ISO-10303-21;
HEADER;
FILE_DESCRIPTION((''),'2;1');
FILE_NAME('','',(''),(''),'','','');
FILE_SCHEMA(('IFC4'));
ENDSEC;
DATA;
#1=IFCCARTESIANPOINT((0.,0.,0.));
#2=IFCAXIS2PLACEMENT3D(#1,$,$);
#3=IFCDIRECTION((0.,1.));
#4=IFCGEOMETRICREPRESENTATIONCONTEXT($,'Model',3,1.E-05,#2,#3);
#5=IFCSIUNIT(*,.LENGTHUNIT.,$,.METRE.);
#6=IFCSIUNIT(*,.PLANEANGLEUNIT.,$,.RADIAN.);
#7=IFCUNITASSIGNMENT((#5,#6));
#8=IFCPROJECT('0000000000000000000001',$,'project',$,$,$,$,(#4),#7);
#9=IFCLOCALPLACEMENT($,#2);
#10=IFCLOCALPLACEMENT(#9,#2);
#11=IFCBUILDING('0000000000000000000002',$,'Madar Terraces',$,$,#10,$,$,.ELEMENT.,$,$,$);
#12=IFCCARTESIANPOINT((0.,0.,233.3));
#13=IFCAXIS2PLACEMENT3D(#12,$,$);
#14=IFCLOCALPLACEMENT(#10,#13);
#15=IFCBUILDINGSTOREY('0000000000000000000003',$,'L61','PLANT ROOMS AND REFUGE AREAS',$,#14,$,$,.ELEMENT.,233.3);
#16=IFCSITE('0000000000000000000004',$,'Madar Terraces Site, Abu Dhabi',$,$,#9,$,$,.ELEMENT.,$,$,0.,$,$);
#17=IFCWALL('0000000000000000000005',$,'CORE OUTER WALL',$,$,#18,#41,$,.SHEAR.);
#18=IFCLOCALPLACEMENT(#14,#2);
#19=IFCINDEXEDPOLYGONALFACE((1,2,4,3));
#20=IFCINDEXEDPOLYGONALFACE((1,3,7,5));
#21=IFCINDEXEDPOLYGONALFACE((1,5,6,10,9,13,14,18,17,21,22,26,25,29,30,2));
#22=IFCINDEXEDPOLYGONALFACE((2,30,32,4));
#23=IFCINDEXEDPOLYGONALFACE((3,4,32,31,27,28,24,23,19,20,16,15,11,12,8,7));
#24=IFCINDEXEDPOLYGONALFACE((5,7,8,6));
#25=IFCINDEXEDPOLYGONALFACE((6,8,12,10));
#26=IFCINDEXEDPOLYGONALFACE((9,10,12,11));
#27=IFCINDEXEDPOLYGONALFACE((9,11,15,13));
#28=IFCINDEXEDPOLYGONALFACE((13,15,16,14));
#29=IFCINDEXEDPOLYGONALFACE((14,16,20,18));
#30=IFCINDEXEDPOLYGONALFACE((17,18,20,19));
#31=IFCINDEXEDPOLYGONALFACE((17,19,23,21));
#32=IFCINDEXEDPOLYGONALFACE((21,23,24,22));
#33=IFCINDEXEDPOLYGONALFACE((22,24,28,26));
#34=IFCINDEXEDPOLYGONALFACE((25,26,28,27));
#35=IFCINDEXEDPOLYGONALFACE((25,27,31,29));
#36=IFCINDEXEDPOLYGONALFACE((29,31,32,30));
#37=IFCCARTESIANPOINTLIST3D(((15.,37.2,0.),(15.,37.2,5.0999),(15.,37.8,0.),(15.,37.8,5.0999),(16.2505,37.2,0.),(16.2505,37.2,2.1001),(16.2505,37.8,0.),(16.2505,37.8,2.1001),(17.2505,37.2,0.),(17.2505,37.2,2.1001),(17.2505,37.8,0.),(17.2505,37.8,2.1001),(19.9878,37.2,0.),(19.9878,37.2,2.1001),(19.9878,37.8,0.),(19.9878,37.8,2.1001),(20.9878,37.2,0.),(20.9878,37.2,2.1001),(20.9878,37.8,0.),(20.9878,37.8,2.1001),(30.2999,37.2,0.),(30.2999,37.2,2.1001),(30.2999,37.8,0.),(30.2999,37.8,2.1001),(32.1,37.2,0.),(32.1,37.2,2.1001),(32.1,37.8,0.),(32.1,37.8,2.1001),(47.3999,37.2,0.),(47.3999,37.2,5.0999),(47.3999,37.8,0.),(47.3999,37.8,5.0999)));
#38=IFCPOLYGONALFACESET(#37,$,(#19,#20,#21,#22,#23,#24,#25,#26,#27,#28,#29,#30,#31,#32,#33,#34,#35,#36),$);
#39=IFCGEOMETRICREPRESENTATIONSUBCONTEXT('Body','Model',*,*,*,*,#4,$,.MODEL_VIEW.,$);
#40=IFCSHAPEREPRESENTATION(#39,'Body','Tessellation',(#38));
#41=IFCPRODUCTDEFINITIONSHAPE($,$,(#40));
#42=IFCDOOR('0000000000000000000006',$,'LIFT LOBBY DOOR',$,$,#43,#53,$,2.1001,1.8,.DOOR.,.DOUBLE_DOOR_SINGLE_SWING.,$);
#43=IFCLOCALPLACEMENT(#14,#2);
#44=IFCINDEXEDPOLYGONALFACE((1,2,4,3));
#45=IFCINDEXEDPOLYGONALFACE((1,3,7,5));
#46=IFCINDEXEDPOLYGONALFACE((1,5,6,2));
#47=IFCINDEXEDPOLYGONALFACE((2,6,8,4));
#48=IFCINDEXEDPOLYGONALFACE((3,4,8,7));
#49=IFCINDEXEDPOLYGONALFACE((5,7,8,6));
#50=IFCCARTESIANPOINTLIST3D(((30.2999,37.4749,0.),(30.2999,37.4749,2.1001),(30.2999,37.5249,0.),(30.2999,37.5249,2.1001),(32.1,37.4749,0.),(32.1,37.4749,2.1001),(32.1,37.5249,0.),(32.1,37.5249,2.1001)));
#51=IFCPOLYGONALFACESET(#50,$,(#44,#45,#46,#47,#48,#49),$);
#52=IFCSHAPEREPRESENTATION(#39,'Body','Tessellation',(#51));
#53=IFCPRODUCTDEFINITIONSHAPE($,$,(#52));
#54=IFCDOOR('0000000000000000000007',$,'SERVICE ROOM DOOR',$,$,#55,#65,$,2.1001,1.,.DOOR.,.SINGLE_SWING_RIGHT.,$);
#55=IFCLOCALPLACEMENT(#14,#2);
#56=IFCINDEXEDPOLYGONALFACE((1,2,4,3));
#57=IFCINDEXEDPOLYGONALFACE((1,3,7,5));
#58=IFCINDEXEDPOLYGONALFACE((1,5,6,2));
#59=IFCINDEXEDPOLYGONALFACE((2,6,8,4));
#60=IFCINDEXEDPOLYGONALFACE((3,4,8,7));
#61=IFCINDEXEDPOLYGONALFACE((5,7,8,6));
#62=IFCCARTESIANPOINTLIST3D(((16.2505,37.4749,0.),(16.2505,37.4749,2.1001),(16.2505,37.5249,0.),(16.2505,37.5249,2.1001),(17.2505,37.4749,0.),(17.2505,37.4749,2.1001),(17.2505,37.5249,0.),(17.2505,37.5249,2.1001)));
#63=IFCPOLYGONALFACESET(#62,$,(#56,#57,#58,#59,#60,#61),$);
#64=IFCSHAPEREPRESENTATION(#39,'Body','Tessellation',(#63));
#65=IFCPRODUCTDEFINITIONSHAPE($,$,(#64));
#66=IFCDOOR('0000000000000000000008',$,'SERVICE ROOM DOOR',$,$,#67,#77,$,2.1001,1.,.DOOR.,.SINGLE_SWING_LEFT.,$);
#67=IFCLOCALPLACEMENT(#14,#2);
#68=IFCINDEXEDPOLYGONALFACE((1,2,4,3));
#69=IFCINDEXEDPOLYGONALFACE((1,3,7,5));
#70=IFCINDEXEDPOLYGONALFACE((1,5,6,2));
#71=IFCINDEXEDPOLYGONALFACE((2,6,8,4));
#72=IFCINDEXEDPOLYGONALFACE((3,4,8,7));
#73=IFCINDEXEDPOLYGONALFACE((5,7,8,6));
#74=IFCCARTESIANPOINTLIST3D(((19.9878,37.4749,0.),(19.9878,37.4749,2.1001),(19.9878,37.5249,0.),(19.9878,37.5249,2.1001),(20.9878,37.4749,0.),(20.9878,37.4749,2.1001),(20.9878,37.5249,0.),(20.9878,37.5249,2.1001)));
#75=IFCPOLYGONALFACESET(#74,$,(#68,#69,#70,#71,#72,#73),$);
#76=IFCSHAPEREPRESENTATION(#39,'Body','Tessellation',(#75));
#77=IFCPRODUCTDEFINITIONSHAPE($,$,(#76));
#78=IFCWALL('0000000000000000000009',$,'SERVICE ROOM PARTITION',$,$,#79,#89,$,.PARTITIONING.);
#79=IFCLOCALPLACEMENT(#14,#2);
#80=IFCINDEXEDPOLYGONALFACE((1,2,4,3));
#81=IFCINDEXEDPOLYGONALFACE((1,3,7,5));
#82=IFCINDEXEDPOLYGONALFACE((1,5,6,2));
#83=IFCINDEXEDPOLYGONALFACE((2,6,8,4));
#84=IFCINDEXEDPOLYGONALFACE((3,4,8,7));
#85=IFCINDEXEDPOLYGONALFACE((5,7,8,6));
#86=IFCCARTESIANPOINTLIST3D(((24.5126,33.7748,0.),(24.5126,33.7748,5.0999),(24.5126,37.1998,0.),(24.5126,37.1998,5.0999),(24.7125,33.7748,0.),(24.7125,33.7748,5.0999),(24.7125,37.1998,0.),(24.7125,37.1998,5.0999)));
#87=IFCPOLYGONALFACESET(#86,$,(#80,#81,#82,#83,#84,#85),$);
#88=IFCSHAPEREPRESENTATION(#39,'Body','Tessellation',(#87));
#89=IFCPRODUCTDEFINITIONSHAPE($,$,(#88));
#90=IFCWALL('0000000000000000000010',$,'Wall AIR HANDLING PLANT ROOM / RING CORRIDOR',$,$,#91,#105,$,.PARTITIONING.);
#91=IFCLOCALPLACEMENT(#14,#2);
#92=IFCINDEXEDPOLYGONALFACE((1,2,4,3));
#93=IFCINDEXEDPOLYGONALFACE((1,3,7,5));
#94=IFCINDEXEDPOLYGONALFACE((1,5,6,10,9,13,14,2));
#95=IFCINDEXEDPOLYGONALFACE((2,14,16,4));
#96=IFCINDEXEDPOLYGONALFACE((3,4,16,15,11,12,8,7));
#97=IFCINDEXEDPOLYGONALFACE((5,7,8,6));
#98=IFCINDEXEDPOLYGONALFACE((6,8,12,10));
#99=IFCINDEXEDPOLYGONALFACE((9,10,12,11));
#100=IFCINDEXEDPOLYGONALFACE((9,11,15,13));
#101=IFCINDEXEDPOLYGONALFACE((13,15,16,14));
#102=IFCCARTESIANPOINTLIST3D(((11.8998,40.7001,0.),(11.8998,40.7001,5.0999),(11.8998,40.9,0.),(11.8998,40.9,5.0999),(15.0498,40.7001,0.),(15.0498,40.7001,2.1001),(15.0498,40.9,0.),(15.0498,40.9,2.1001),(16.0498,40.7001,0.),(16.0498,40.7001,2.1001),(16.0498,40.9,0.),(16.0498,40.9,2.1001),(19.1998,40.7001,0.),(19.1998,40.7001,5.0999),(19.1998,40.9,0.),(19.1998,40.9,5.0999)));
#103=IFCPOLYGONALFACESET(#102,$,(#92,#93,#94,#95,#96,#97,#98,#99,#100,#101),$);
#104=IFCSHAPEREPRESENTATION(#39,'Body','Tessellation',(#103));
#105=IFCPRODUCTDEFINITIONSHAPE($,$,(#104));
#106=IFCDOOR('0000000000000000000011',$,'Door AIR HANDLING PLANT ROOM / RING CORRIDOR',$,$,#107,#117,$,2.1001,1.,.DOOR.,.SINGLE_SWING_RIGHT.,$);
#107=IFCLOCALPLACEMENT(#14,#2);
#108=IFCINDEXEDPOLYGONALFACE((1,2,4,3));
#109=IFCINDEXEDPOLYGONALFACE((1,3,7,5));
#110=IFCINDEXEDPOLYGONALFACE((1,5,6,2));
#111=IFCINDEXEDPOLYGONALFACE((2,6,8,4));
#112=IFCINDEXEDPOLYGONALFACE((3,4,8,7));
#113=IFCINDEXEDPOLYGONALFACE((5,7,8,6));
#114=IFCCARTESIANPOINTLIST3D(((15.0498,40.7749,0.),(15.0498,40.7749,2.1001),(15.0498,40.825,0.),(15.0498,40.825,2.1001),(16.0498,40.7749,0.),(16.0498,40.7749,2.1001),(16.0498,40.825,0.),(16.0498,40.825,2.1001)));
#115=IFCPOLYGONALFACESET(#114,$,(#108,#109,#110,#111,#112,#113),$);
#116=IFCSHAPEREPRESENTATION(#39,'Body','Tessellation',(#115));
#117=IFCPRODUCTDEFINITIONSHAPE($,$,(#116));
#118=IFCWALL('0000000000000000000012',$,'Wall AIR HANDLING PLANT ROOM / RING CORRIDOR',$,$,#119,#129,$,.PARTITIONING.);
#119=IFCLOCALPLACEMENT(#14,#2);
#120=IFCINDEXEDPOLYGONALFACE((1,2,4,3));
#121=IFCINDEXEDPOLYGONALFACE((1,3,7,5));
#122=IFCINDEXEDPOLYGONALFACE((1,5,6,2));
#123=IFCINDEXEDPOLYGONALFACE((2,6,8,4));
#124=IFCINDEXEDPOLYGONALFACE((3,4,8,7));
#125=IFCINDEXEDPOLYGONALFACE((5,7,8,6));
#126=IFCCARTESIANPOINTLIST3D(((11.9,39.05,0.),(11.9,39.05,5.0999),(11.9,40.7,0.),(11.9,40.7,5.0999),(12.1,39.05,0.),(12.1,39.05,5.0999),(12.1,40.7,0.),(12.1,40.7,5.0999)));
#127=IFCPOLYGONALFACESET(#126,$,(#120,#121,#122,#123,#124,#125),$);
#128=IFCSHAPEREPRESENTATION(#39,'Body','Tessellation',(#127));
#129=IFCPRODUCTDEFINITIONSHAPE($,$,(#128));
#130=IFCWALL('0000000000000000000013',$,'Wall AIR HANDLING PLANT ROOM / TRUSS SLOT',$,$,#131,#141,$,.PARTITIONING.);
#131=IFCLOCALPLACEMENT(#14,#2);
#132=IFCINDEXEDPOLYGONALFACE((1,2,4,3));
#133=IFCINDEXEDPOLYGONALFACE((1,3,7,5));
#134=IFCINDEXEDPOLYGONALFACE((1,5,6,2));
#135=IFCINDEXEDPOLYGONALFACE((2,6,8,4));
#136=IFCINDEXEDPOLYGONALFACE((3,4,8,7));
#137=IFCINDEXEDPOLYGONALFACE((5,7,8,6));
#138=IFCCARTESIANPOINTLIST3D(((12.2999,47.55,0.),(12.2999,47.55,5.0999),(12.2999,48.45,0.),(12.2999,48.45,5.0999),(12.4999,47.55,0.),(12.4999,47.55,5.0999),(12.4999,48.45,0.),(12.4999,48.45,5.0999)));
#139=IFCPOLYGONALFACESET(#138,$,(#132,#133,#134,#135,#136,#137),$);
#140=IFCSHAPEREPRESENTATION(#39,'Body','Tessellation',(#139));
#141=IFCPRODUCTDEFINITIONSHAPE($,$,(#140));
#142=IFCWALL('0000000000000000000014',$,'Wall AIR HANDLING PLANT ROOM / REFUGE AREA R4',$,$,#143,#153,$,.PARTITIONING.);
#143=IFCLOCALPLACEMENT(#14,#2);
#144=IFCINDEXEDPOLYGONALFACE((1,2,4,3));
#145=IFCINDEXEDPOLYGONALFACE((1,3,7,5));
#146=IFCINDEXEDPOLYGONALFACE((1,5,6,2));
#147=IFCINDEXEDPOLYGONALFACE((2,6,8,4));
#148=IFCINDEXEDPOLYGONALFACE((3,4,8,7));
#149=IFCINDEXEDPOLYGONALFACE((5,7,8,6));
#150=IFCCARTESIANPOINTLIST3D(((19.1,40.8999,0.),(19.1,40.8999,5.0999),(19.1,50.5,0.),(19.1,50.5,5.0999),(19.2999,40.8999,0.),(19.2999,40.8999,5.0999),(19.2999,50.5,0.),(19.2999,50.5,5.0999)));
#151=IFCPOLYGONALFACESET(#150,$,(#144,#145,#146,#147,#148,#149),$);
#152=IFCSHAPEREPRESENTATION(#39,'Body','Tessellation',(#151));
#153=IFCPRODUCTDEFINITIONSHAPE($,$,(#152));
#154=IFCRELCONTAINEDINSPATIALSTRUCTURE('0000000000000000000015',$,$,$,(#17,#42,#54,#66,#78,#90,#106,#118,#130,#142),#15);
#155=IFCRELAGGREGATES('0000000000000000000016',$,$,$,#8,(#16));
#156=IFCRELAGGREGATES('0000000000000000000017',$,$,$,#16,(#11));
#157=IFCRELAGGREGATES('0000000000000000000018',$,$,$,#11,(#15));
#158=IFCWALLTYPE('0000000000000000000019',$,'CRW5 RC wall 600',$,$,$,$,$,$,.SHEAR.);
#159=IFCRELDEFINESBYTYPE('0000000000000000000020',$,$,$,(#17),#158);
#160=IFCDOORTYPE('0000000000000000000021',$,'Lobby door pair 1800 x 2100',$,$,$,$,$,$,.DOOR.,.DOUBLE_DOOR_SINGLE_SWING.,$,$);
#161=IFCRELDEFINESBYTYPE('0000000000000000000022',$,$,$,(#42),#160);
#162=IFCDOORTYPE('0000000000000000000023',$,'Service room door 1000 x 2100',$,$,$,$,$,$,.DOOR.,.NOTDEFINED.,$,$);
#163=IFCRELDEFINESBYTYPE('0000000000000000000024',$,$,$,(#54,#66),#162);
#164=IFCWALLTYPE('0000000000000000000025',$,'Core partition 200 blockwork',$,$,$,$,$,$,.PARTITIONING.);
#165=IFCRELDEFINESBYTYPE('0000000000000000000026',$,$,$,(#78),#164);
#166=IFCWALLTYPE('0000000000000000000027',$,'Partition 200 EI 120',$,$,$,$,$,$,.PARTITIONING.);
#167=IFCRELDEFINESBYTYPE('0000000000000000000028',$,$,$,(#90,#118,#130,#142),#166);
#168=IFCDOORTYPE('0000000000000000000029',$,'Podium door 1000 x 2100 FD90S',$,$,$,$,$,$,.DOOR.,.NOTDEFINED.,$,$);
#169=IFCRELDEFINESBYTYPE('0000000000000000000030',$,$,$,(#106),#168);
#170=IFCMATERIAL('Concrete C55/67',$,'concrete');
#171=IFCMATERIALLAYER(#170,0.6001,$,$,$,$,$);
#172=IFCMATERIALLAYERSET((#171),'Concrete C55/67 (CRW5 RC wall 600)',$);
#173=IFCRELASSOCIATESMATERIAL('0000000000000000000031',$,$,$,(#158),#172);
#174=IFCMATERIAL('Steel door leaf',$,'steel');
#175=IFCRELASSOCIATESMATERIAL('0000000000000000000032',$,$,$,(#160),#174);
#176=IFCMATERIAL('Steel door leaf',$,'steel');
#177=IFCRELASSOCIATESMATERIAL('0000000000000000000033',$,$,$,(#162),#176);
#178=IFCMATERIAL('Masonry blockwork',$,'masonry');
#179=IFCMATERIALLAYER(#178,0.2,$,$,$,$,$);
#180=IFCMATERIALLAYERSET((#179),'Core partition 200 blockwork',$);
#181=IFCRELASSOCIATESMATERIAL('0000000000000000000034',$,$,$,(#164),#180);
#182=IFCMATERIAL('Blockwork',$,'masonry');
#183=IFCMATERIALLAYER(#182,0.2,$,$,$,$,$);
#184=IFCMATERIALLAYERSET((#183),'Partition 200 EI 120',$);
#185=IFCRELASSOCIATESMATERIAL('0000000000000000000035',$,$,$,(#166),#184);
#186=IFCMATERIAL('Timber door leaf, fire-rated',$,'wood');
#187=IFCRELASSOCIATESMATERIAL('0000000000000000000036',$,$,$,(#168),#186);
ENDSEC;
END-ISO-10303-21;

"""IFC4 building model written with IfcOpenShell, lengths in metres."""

from ifc_helpers import new_model, si_unit, direction, frame, frame_2d, origin, place, context, subcontext, project, spatial, rectangle, extrude, material, layer, layer_set, type_object, element, fill, save


model = new_model("IFC4")

# Units and contexts
model_context = context("Model", 3, precision=1e-05, world=origin(), true_north=direction((0.0, 1.0)))
body_context = subcontext(model_context, "Body", "Model", "MODEL_VIEW")
ifc_project = project(units=[si_unit("LENGTHUNIT", "METRE"), si_unit("PLANEANGLEUNIT", "RADIAN")], contexts=[model_context])

# Site, building, storey
site_placement = place(None, origin())
site = spatial("IfcSite", under=ifc_project, at=site_placement, Name="Madar Terraces Site, Abu Dhabi", CompositionType="ELEMENT", RefElevation=0.0)
building_placement = place(site_placement, origin())
building = spatial("IfcBuilding", under=site, at=building_placement, Name="Madar Terraces", CompositionType="ELEMENT")
storey_placement = place(building_placement, frame((0.0, 0.0, 233.3)))
storey = spatial("IfcBuildingStorey", under=building, at=storey_placement, Name="L61", Description="PLANT ROOMS AND REFUGE AREAS", CompositionType="ELEMENT", Elevation=233.3)

# Wall, openings, doors
ifc_material_1 = material(Name="Concrete C55/67", Category="concrete")
ifc_layer_1 = layer(ifc_material_1, 0.6001)
ifc_layer_set_1 = layer_set([ifc_layer_1], Name="Concrete C55/67 (CRW5 RC wall 600)")
wall_type_1 = type_object("IfcWallType", Name="CRW5 RC wall 600", PredefinedType="SHEAR", material=ifc_layer_set_1)
wall_1_placement = place(storey_placement, frame((15.0, 37.5, 0.0), z_axis=(0.0, 0.0, 1.0), x_axis=(1.0, 0.0, 0.0)))
wall_1 = element("IfcWall", 1, at=wall_1_placement, inside=storey, type_object=wall_type_1, Name="CORE OUTER WALL", PredefinedType="SHEAR", context=body_context, shape_type="SweptSolid", body=[
    extrude(rectangle(XDim=32.3999, YDim=0.6001, at=frame_2d((16.2, 0.0))), origin(), (0.0, 0.0, 1.0), 5.0999),
])
opening_1_placement = place(wall_1_placement, frame((15.3, 0.0, 0.0)))
opening_1 = element("IfcOpeningElement", 2, at=opening_1_placement, cuts=wall_1, PredefinedType="OPENING", context=body_context, shape_type="SweptSolid", body=[
    extrude(rectangle(XDim=1.8, YDim=2.1001, at=frame_2d((0.8999, 1.05))), frame((0.0, 0.3101, 0.0), z_axis=(0.0, -1.0, 0.0), x_axis=(1.0, 0.0, 0.0)), (0.0, 0.0, 1.0), 0.6201),
])
opening_2_placement = place(wall_1_placement, frame((1.2505, 0.0, 0.0)))
opening_2 = element("IfcOpeningElement", 3, at=opening_2_placement, cuts=wall_1, PredefinedType="OPENING", context=body_context, shape_type="SweptSolid", body=[
    extrude(rectangle(XDim=1.0, YDim=2.1001, at=frame_2d((0.5, 1.05))), frame((0.0, 0.3101, 0.0), z_axis=(0.0, -1.0, 0.0), x_axis=(1.0, 0.0, 0.0)), (0.0, 0.0, 1.0), 0.6201),
])
opening_3_placement = place(wall_1_placement, frame((4.9878, 0.0, 0.0)))
opening_3 = element("IfcOpeningElement", 4, at=opening_3_placement, cuts=wall_1, PredefinedType="OPENING", context=body_context, shape_type="SweptSolid", body=[
    extrude(rectangle(XDim=1.0, YDim=2.1001, at=frame_2d((0.5, 1.05))), frame((0.0, 0.3101, 0.0), z_axis=(0.0, -1.0, 0.0), x_axis=(1.0, 0.0, 0.0)), (0.0, 0.0, 1.0), 0.6201),
])
ifc_material_2 = material(Name="Steel door leaf", Category="steel")
door_type_1 = type_object("IfcDoorType", Name="Lobby door pair 1800 x 2100", OperationType="DOUBLE_DOOR_SINGLE_SWING", PredefinedType="DOOR", material=ifc_material_2)
door_1_placement = place(opening_1_placement, origin())
door_1 = element("IfcDoor", 5, at=door_1_placement, inside=storey, type_object=door_type_1, Name="LIFT LOBBY DOOR", OperationType="DOUBLE_DOOR_SINGLE_SWING", OverallHeight=2.1001, OverallWidth=1.8, PredefinedType="DOOR", context=body_context, shape_type="SweptSolid", body=[
    extrude(rectangle(XDim=1.8, YDim=2.1001, at=frame_2d((0.8999, 1.05))), frame((0.0, 0.0249, 0.0), z_axis=(0.0, -1.0, 0.0), x_axis=(1.0, 0.0, 0.0)), (0.0, 0.0, 1.0), 0.05),
])
fill(opening_1, door_1)
ifc_material_3 = material(Name="Steel door leaf", Category="steel")
door_type_2 = type_object("IfcDoorType", Name="Service room door 1000 x 2100", OperationType="NOTDEFINED", PredefinedType="DOOR", material=ifc_material_3)
door_2_placement = place(opening_2_placement, origin())
door_2 = element("IfcDoor", 6, at=door_2_placement, inside=storey, type_object=door_type_2, Name="SERVICE ROOM DOOR", OperationType="SINGLE_SWING_RIGHT", OverallHeight=2.1001, OverallWidth=1.0, PredefinedType="DOOR", context=body_context, shape_type="SweptSolid", body=[
    extrude(rectangle(XDim=1.0, YDim=2.1001, at=frame_2d((0.5, 1.05))), frame((0.0, 0.0249, 0.0), z_axis=(0.0, -1.0, 0.0), x_axis=(1.0, 0.0, 0.0)), (0.0, 0.0, 1.0), 0.05),
])
fill(opening_2, door_2)
door_3_placement = place(opening_3_placement, origin())
door_3 = element("IfcDoor", 7, at=door_3_placement, inside=storey, type_object=door_type_2, Name="SERVICE ROOM DOOR", OperationType="SINGLE_SWING_LEFT", OverallHeight=2.1001, OverallWidth=1.0, PredefinedType="DOOR", context=body_context, shape_type="SweptSolid", body=[
    extrude(rectangle(XDim=1.0, YDim=2.1001, at=frame_2d((0.5, 1.05))), frame((0.0, 0.0249, 0.0), z_axis=(0.0, -1.0, 0.0), x_axis=(1.0, 0.0, 0.0)), (0.0, 0.0, 1.0), 0.05),
])
fill(opening_3, door_3)

# Wall
ifc_material_4 = material(Name="Masonry blockwork", Category="masonry")
ifc_layer_2 = layer(ifc_material_4, 0.2)
ifc_layer_set_2 = layer_set([ifc_layer_2], Name="Core partition 200 blockwork")
wall_type_2 = type_object("IfcWallType", Name="Core partition 200 blockwork", PredefinedType="PARTITIONING", material=ifc_layer_set_2)
wall_2_placement = place(storey_placement, frame((24.6125, 33.7749, 0.0), z_axis=(0.0, 0.0, 1.0), x_axis=(0.0, 1.0, 0.0)))
element("IfcWall", 8, at=wall_2_placement, inside=storey, type_object=wall_type_2, Name="SERVICE ROOM PARTITION", PredefinedType="PARTITIONING", context=body_context, shape_type="SweptSolid", body=[
    extrude(rectangle(XDim=3.425, YDim=0.2, at=frame_2d((1.7124, 0.0))), origin(), (0.0, 0.0, 1.0), 5.0999),
])

# Wall, opening, door
ifc_material_5 = material(Name="Blockwork", Category="masonry")
ifc_layer_3 = layer(ifc_material_5, 0.2)
ifc_layer_set_3 = layer_set([ifc_layer_3], Name="Partition 200 EI 120")
wall_type_3 = type_object("IfcWallType", Name="Partition 200 EI 120", PredefinedType="PARTITIONING", material=ifc_layer_set_3)
wall_3_placement = place(storey_placement, frame((11.8999, 40.8, 0.0), z_axis=(0.0, 0.0, 1.0), x_axis=(1.0, 0.0, 0.0)))
wall_3 = element("IfcWall", 9, at=wall_3_placement, inside=storey, type_object=wall_type_3, Name="Wall AIR HANDLING PLANT ROOM / RING CORRIDOR", PredefinedType="PARTITIONING", context=body_context, shape_type="SweptSolid", body=[
    extrude(rectangle(XDim=7.3, YDim=0.2, at=frame_2d((3.6499, 0.0))), origin(), (0.0, 0.0, 1.0), 5.0999),
])
opening_4_placement = place(wall_3_placement, frame((3.1499, 0.0, 0.0)))
opening_4 = element("IfcOpeningElement", 10, at=opening_4_placement, cuts=wall_3, PredefinedType="OPENING", context=body_context, shape_type="SweptSolid", body=[
    extrude(rectangle(XDim=1.0, YDim=2.1001, at=frame_2d((0.5, 1.05))), frame((0.0, 0.1099, 0.0), z_axis=(0.0, -1.0, 0.0), x_axis=(1.0, 0.0, 0.0)), (0.0, 0.0, 1.0), 0.22),
])
ifc_material_6 = material(Name="Timber door leaf, fire-rated", Category="wood")
door_type_3 = type_object("IfcDoorType", Name="Podium door 1000 x 2100 FD90S", OperationType="NOTDEFINED", PredefinedType="DOOR", material=ifc_material_6)
door_4_placement = place(opening_4_placement, origin())
door_4 = element("IfcDoor", 11, at=door_4_placement, inside=storey, type_object=door_type_3, Name="Door AIR HANDLING PLANT ROOM / RING CORRIDOR", OperationType="SINGLE_SWING_RIGHT", OverallHeight=2.1001, OverallWidth=1.0, PredefinedType="DOOR", context=body_context, shape_type="SweptSolid", body=[
    extrude(rectangle(XDim=1.0, YDim=2.1001, at=frame_2d((0.5, 1.05))), frame((0.0, 0.0249, 0.0), z_axis=(0.0, -1.0, 0.0), x_axis=(1.0, 0.0, 0.0)), (0.0, 0.0, 1.0), 0.05),
])
fill(opening_4, door_4)

# Walls
wall_4_placement = place(storey_placement, frame((12.0, 39.05, 0.0), z_axis=(0.0, 0.0, 1.0), x_axis=(0.0, 1.0, 0.0)))
element("IfcWall", 12, at=wall_4_placement, inside=storey, type_object=wall_type_3, Name="Wall AIR HANDLING PLANT ROOM / RING CORRIDOR", PredefinedType="PARTITIONING", context=body_context, shape_type="SweptSolid", body=[
    extrude(rectangle(XDim=1.6499, YDim=0.2, at=frame_2d((0.825, 0.0))), origin(), (0.0, 0.0, 1.0), 5.0999),
])
wall_5_placement = place(storey_placement, frame((12.3999, 47.55, 0.0), z_axis=(0.0, 0.0, 1.0), x_axis=(0.0, 1.0, 0.0)))
element("IfcWall", 13, at=wall_5_placement, inside=storey, type_object=wall_type_3, Name="Wall AIR HANDLING PLANT ROOM / TRUSS SLOT", PredefinedType="PARTITIONING", context=body_context, shape_type="SweptSolid", body=[
    extrude(rectangle(XDim=0.8999, YDim=0.2, at=frame_2d((0.45, 0.0))), origin(), (0.0, 0.0, 1.0), 5.0999),
])
wall_6_placement = place(storey_placement, frame((19.2, 40.8999, 0.0), z_axis=(0.0, 0.0, 1.0), x_axis=(0.0, 1.0, 0.0)))
element("IfcWall", 14, at=wall_6_placement, inside=storey, type_object=wall_type_3, Name="Wall AIR HANDLING PLANT ROOM / REFUGE AREA R4", PredefinedType="PARTITIONING", context=body_context, shape_type="SweptSolid", body=[
    extrude(rectangle(XDim=9.6001, YDim=0.2, at=frame_2d((4.8, 0.0))), origin(), (0.0, 0.0, 1.0), 5.0999),
])

save(model, "model.ifc")
